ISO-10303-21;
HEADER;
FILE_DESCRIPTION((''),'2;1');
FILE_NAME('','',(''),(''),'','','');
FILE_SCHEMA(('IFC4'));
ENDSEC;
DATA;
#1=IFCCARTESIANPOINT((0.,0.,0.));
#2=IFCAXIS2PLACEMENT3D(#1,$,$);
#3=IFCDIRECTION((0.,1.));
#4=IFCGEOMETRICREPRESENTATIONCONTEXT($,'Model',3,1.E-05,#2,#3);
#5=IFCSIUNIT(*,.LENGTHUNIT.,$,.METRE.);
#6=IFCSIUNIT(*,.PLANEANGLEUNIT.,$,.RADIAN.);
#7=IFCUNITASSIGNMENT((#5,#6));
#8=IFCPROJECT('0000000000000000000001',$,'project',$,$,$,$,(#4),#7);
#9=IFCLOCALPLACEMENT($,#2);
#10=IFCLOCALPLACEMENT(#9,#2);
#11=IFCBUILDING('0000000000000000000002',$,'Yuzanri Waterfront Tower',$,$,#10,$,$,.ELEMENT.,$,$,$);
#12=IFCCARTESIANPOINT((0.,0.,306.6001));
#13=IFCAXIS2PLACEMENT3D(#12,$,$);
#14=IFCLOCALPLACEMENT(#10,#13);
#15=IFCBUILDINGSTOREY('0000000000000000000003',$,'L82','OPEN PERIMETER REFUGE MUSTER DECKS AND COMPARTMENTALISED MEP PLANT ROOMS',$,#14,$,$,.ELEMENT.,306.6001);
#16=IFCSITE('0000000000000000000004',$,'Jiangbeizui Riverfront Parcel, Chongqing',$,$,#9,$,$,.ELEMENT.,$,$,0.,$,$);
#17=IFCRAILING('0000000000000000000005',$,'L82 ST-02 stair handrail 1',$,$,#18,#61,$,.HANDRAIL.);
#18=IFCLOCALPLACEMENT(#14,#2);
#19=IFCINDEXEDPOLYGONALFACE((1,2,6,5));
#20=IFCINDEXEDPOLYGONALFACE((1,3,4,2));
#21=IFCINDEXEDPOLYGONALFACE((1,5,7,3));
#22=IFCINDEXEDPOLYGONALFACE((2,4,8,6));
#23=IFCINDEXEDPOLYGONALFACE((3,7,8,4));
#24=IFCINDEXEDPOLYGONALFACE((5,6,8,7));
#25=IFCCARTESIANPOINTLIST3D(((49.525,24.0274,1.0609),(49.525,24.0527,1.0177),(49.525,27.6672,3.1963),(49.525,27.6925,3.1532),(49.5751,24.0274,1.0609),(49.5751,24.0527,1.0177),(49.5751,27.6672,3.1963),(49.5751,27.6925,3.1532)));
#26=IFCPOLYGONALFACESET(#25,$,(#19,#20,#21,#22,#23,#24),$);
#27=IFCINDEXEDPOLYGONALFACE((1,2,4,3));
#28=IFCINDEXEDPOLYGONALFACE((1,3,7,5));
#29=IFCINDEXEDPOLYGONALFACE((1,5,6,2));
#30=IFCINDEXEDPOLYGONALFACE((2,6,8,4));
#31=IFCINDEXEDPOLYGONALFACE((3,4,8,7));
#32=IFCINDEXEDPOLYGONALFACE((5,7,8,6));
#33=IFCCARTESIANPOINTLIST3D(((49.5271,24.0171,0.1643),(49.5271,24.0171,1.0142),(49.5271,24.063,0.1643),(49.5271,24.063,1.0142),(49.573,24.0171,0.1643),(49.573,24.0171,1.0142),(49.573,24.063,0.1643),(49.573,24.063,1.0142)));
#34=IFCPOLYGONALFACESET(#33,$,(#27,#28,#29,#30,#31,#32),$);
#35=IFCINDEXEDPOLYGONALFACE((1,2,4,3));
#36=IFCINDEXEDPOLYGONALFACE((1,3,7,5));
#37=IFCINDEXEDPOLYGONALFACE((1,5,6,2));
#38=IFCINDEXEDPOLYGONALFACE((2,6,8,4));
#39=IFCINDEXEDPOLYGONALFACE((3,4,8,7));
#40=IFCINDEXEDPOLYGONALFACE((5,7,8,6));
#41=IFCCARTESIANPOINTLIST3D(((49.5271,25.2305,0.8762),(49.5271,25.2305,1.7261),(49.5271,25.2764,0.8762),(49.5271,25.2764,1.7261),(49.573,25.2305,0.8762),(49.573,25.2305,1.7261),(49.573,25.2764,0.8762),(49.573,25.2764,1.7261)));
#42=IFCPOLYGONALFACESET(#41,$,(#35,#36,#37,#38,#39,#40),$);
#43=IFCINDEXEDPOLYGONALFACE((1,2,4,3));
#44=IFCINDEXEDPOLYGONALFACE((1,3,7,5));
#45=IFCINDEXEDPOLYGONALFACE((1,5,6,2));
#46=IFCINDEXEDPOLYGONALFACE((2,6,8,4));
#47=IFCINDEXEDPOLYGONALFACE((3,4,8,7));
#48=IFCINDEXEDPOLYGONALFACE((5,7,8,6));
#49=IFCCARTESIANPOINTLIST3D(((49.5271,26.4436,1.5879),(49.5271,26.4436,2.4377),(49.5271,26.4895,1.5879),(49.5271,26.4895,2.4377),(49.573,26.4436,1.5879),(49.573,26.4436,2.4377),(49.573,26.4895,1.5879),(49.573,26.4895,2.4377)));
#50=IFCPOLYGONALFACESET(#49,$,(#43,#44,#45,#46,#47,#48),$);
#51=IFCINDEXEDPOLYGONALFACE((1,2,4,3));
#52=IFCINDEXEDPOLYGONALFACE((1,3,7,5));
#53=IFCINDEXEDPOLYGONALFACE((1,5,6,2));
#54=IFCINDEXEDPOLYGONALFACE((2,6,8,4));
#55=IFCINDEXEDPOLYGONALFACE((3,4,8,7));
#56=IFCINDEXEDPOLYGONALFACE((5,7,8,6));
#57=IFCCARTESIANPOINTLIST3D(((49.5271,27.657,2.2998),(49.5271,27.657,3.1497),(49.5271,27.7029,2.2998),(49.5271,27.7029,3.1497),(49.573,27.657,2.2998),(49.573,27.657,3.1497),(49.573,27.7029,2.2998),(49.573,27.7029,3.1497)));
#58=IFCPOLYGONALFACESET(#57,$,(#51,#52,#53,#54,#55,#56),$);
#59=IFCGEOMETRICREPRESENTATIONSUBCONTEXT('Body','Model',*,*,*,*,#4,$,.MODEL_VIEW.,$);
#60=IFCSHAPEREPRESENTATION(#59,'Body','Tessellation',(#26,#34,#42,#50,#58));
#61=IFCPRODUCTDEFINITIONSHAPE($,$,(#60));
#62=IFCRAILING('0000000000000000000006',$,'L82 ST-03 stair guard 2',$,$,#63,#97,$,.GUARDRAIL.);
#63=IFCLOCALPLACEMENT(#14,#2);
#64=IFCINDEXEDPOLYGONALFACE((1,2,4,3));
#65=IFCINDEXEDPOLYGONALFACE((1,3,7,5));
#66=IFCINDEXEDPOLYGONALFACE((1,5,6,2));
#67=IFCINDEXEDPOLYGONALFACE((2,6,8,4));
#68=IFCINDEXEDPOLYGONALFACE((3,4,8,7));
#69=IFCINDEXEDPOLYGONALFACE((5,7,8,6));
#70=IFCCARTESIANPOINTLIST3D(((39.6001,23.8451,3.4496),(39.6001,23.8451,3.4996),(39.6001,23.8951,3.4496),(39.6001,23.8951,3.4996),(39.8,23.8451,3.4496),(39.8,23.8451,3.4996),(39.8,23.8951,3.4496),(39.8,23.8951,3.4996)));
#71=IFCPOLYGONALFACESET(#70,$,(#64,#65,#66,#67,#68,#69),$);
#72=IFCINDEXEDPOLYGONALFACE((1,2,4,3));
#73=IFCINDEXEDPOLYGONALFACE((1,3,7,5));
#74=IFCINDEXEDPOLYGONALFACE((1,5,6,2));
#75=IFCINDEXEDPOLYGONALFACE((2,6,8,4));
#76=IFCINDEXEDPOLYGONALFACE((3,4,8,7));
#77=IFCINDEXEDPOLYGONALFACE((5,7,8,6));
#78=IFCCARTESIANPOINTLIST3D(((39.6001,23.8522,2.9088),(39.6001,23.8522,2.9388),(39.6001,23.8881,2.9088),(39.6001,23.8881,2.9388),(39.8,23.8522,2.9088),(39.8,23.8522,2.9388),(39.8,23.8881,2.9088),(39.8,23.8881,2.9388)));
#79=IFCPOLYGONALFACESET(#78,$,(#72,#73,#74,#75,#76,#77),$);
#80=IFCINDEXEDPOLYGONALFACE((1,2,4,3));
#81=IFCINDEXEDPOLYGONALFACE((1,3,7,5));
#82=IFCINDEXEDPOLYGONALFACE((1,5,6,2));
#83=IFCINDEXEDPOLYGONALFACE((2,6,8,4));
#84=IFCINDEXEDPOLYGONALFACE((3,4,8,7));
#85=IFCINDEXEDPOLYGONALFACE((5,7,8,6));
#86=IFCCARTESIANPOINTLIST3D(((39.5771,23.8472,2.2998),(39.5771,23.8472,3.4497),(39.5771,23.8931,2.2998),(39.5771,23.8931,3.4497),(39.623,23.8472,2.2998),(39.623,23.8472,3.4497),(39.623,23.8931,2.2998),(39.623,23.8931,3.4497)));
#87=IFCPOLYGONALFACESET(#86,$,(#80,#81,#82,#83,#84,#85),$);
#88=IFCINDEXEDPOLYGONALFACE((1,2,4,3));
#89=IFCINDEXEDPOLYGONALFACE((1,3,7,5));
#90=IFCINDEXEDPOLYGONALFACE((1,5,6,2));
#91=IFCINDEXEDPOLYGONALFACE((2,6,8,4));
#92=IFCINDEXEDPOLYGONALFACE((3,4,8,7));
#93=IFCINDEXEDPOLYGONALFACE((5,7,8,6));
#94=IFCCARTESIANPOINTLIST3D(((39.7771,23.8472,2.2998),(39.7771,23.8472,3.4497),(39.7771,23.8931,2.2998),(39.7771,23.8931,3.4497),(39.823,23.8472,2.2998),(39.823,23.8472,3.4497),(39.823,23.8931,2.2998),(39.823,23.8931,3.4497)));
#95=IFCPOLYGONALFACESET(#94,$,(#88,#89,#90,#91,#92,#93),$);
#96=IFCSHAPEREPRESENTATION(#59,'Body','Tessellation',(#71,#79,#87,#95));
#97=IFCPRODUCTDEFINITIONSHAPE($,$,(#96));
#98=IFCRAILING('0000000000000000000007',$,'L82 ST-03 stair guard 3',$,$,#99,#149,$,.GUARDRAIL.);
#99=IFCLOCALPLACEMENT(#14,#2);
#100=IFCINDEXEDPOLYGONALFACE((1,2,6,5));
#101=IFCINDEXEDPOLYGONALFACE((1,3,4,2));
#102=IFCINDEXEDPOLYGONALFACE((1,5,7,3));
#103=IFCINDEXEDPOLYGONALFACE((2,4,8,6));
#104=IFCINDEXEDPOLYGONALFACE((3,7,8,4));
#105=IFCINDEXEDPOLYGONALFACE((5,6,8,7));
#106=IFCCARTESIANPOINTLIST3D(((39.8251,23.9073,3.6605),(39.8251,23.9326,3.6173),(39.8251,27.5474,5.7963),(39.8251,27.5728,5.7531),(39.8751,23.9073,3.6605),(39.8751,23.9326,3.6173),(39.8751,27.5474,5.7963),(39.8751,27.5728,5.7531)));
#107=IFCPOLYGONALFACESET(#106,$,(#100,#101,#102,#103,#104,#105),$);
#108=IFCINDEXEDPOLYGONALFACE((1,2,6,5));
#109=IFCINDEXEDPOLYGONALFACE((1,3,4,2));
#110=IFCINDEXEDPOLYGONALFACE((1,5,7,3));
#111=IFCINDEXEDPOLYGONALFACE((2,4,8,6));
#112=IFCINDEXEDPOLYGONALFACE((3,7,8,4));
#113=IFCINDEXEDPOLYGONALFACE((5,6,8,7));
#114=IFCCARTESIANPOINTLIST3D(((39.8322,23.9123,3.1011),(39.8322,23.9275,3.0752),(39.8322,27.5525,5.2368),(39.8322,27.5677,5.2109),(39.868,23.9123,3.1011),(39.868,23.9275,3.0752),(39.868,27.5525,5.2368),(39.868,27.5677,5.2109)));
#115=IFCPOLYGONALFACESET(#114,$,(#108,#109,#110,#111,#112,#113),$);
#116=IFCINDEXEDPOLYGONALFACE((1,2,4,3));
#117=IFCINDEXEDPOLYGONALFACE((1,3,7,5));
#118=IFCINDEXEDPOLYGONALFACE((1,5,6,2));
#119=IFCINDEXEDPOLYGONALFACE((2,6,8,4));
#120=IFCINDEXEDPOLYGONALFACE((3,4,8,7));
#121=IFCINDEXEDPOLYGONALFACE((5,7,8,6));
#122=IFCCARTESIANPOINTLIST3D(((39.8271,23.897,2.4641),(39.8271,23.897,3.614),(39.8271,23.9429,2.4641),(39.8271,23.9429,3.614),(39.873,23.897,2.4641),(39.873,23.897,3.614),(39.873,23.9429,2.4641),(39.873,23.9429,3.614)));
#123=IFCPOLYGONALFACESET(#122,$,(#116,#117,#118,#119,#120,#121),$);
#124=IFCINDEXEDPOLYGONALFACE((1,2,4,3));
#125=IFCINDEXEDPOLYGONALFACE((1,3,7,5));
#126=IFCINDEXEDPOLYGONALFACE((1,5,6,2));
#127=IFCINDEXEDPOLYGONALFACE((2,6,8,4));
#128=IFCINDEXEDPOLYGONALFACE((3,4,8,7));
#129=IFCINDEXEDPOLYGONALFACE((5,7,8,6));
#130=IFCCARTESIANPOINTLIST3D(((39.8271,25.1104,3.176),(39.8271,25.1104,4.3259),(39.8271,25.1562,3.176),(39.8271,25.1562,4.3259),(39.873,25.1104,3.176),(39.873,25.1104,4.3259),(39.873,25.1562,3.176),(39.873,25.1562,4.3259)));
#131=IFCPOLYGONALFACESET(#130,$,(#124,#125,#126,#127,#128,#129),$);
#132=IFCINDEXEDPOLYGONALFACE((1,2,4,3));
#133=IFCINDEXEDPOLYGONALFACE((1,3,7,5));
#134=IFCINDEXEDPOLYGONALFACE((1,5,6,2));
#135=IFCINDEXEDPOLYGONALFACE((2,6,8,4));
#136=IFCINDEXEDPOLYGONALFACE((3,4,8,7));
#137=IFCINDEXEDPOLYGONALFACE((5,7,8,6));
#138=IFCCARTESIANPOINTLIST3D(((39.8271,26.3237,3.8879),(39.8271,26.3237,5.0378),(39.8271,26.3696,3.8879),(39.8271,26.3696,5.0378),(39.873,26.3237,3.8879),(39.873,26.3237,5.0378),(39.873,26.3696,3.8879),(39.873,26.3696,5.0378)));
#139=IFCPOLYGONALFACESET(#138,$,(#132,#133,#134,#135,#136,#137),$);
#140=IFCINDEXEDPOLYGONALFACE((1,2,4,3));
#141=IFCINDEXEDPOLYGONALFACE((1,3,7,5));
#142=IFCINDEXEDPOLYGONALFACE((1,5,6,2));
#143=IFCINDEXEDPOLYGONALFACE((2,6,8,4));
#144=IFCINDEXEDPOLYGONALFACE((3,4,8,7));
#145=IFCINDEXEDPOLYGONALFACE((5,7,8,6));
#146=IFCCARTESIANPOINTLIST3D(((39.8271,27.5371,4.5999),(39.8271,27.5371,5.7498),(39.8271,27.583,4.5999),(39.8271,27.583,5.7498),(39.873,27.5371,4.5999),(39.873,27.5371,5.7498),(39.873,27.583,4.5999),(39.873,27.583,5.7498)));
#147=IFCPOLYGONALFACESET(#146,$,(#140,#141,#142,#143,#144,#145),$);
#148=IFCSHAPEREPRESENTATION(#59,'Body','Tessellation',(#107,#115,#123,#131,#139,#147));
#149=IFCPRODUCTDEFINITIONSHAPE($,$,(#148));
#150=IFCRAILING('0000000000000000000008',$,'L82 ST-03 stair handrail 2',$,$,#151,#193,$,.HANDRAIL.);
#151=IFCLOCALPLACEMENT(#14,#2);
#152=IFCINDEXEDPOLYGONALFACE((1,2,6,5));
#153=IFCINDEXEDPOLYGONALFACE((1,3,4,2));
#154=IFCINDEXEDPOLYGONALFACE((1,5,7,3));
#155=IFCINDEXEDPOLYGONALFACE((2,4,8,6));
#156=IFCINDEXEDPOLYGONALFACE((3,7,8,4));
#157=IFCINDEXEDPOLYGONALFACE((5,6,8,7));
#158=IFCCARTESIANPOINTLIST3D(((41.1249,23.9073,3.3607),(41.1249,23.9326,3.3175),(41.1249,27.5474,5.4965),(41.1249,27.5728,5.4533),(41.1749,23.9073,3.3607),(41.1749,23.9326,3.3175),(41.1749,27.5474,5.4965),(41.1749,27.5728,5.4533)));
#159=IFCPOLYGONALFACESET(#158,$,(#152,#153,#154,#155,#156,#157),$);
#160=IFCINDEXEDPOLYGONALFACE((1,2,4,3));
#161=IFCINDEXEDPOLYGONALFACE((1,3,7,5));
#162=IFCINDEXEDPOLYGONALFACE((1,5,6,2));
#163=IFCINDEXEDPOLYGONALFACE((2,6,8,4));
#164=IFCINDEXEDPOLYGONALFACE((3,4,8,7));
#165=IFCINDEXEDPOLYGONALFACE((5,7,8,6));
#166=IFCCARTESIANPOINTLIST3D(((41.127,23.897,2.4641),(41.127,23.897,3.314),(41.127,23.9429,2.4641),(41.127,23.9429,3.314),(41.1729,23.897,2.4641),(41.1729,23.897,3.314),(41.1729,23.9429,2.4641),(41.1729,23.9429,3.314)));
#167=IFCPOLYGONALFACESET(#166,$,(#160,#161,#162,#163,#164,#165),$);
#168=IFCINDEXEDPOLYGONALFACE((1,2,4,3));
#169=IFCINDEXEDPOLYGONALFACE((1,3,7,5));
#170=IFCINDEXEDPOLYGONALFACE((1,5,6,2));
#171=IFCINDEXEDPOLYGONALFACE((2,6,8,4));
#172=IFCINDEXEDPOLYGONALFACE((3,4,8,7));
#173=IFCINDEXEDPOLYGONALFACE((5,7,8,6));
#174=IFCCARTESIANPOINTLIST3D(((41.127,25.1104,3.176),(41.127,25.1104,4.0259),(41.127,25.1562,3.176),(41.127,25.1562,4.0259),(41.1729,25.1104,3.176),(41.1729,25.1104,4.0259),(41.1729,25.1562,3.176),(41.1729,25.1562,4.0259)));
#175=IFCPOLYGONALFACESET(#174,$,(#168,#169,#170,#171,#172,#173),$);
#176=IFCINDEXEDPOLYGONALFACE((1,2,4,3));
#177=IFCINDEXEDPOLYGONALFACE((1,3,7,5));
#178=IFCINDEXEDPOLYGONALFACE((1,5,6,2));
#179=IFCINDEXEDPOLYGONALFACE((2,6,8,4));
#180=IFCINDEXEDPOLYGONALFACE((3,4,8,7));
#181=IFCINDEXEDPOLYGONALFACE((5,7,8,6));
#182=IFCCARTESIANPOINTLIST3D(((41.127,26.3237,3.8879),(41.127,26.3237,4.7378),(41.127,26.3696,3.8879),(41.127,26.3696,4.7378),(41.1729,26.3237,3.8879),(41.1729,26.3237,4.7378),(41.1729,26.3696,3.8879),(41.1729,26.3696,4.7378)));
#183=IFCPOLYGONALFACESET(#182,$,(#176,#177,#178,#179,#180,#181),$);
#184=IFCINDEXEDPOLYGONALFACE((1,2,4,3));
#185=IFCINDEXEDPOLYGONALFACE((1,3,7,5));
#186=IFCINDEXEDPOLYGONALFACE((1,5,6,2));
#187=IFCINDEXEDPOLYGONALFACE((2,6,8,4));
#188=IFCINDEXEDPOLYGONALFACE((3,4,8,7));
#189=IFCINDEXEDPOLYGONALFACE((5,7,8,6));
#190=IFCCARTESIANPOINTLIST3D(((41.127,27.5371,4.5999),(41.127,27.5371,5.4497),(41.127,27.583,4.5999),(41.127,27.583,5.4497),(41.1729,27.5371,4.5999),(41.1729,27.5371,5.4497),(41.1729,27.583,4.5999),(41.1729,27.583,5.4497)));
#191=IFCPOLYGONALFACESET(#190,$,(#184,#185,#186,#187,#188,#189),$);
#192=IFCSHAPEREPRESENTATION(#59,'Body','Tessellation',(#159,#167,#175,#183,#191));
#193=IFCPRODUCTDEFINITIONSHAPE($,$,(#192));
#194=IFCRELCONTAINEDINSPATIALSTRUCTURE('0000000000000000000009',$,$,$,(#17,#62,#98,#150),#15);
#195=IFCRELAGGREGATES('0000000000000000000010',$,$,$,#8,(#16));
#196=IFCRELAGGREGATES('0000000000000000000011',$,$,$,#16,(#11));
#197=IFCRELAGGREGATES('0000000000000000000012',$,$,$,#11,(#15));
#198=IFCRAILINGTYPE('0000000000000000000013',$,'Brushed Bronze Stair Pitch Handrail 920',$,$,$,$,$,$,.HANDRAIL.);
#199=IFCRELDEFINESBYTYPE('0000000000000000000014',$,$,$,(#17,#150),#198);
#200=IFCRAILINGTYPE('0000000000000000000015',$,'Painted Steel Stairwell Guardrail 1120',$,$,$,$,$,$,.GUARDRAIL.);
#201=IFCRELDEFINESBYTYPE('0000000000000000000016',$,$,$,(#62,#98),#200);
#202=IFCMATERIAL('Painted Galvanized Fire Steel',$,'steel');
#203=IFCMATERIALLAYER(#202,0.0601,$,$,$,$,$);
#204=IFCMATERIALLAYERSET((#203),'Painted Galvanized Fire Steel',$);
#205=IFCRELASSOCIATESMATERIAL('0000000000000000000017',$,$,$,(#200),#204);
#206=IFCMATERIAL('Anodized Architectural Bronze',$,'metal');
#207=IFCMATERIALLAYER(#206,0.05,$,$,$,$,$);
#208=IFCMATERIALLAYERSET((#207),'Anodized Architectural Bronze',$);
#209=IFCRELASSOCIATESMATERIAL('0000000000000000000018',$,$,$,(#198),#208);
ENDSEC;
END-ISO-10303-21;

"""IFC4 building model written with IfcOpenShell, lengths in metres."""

from ifc_helpers import new_model, si_unit, direction, frame, origin, origin_2d, place, context, subcontext, project, spatial, rectangle, extrude, source, transform, mapped, material, layer, layer_set, type_object, element, save


model = new_model("IFC4")

# Units and contexts
model_context = context("Model", 3, precision=1e-05, world=origin(), true_north=direction((0.0, 1.0)))
body_context = subcontext(model_context, "Body", "Model", "MODEL_VIEW")
ifc_project = project(units=[si_unit("LENGTHUNIT", "METRE"), si_unit("PLANEANGLEUNIT", "RADIAN")], contexts=[model_context])

# Site, building, storey
site_placement = place(None, origin())
site = spatial("IfcSite", under=ifc_project, at=site_placement, Name="Jiangbeizui Riverfront Parcel, Chongqing", CompositionType="ELEMENT", RefElevation=0.0)
building_placement = place(site_placement, origin())
building = spatial("IfcBuilding", under=site, at=building_placement, Name="Yuzanri Waterfront Tower", CompositionType="ELEMENT")
storey_placement = place(building_placement, frame((0.0, 0.0, 306.6001)))
storey = spatial("IfcBuildingStorey", under=building, at=storey_placement, Name="L82", Description="OPEN PERIMETER REFUGE MUSTER DECKS AND COMPARTMENTALISED MEP PLANT ROOMS", CompositionType="ELEMENT", Elevation=306.6001)

# Railings
ifc_material_1 = material(Name="Painted Galvanized Fire Steel", Category="steel")
ifc_layer_1 = layer(ifc_material_1, 0.0601)
ifc_layer_set_1 = layer_set([ifc_layer_1], Name="Painted Galvanized Fire Steel")
railing_type_1 = type_object("IfcRailingType", Name="Painted Steel Stairwell Guardrail 1120", PredefinedType="GUARDRAIL", material=ifc_layer_set_1)
ifc_material_2 = material(Name="Anodized Architectural Bronze", Category="metal")
ifc_layer_2 = layer(ifc_material_2, 0.05)
ifc_layer_set_2 = layer_set([ifc_layer_2], Name="Anodized Architectural Bronze")
railing_type_2 = type_object("IfcRailingType", Name="Brushed Bronze Stair Pitch Handrail 920", PredefinedType="HANDRAIL", material=ifc_layer_set_2)
shared_shape_1 = source(origin(), body_context, "Body", "SweptSolid", [
    extrude(rectangle(XDim=0.05, YDim=0.05, at=origin_2d()), frame((0.0, 0.0, 0.875), z_axis=(0.0, 0.862515, 0.506031), x_axis=(-1.0, 0.0, 0.0)), (0.0, 0.0, 1.0), 4.22),
    extrude(rectangle(XDim=0.0459, YDim=0.0459, at=origin_2d()), origin(), (0.0, 0.0, 1.0), 0.8499),
    extrude(rectangle(XDim=0.0459, YDim=0.0459, at=origin_2d()), frame((0.0, 1.2134, 0.7119)), (0.0, 0.0, 1.0), 0.8499),
    extrude(rectangle(XDim=0.0459, YDim=0.0459, at=origin_2d()), frame((0.0, 2.4265, 1.4236)), (0.0, 0.0, 1.0), 0.8499),
    extrude(rectangle(XDim=0.0459, YDim=0.0459, at=origin_2d()), frame((0.0, 3.6399, 2.1355)), (0.0, 0.0, 1.0), 0.8499),
])
railing_1_placement = place(storey_placement, frame((49.55, 24.04, 0.1643)))
element("IfcRailing", 1, at=railing_1_placement, inside=storey, type_object=railing_type_2, Name="L82 ST-02 stair handrail 1", PredefinedType="HANDRAIL", context=body_context, shape_type="MappedRepresentation", body=[
    mapped(shared_shape_1, transform((0.0, 0.0, 0.0), scale=1.0)),
])
shared_shape_2 = source(origin(), body_context, "Body", "SweptSolid", [
    extrude(rectangle(XDim=0.05, YDim=0.05, at=origin_2d()), frame((0.0, 0.0, 1.1748), z_axis=(1.0, 0.0, 0.0), x_axis=(0.0, 1.0, 0.0)), (0.0, 0.0, 1.0), 0.2),
    extrude(rectangle(XDim=0.0359, YDim=0.03, at=origin_2d()), frame((0.0, 0.0, 0.624), z_axis=(1.0, 0.0, 0.0), x_axis=(0.0, 1.0, 0.0)), (0.0, 0.0, 1.0), 0.2),
    extrude(rectangle(XDim=0.0459, YDim=0.0459, at=origin_2d()), origin(), (0.0, 0.0, 1.0), 1.1499),
    extrude(rectangle(XDim=0.0459, YDim=0.0459, at=origin_2d()), frame((0.2, 0.0, 0.0)), (0.0, 0.0, 1.0), 1.1499),
])
railing_2_placement = place(storey_placement, frame((39.6001, 23.8701, 2.2998)))
element("IfcRailing", 2, at=railing_2_placement, inside=storey, type_object=railing_type_1, Name="L82 ST-03 stair guard 2", PredefinedType="GUARDRAIL", context=body_context, shape_type="MappedRepresentation", body=[
    mapped(shared_shape_2, transform((0.0, 0.0, 0.0), scale=1.0)),
])
shared_shape_3 = source(origin(), body_context, "Body", "SweptSolid", [
    extrude(rectangle(XDim=0.05, YDim=0.05, at=origin_2d()), frame((0.0, 0.0, 1.1748), z_axis=(0.0, 0.862505, 0.506049), x_axis=(-1.0, 0.0, 0.0)), (0.0, 0.0, 1.0), 4.2205),
    extrude(rectangle(XDim=0.0359, YDim=0.03, at=origin_2d()), frame((0.0, 0.0, 0.624), z_axis=(0.0, 0.862505, 0.506049), x_axis=(-1.0, 0.0, 0.0)), (0.0, 0.0, 1.0), 4.2205),
    extrude(rectangle(XDim=0.0459, YDim=0.0459, at=origin_2d()), origin(), (0.0, 0.0, 1.0), 1.1499),
    extrude(rectangle(XDim=0.0459, YDim=0.0459, at=origin_2d()), frame((0.0, 1.2134, 0.7119)), (0.0, 0.0, 1.0), 1.1499),
    extrude(rectangle(XDim=0.0459, YDim=0.0459, at=origin_2d()), frame((0.0, 2.4268, 1.4238)), (0.0, 0.0, 1.0), 1.1499),
    extrude(rectangle(XDim=0.0459, YDim=0.0459, at=origin_2d()), frame((0.0, 3.6401, 2.1357)), (0.0, 0.0, 1.0), 1.1499),
])
railing_3_placement = place(storey_placement, frame((39.8501, 23.9199, 2.4641)))
element("IfcRailing", 3, at=railing_3_placement, inside=storey, type_object=railing_type_1, Name="L82 ST-03 stair guard 3", PredefinedType="GUARDRAIL", context=body_context, shape_type="MappedRepresentation", body=[
    mapped(shared_shape_3, transform((0.0, 0.0, 0.0), scale=1.0)),
])
shared_shape_4 = source(origin(), body_context, "Body", "SweptSolid", [
    extrude(rectangle(XDim=0.05, YDim=0.05, at=origin_2d()), frame((0.0, 0.0, 0.875), z_axis=(0.0, 0.862505, 0.506049), x_axis=(-1.0, 0.0, 0.0)), (0.0, 0.0, 1.0), 4.2205),
    extrude(rectangle(XDim=0.0459, YDim=0.0459, at=origin_2d()), origin(), (0.0, 0.0, 1.0), 0.8499),
    extrude(rectangle(XDim=0.0459, YDim=0.0459, at=origin_2d()), frame((0.0, 1.2134, 0.7119)), (0.0, 0.0, 1.0), 0.8499),
    extrude(rectangle(XDim=0.0459, YDim=0.0459, at=origin_2d()), frame((0.0, 2.4268, 1.4238)), (0.0, 0.0, 1.0), 0.8499),
    extrude(rectangle(XDim=0.0459, YDim=0.0459, at=origin_2d()), frame((0.0, 3.6401, 2.1357)), (0.0, 0.0, 1.0), 0.8499),
])
railing_4_placement = place(storey_placement, frame((41.1499, 23.9199, 2.4641)))
element("IfcRailing", 4, at=railing_4_placement, inside=storey, type_object=railing_type_2, Name="L82 ST-03 stair handrail 2", PredefinedType="HANDRAIL", context=body_context, shape_type="MappedRepresentation", body=[
    mapped(shared_shape_4, transform((0.0, 0.0, 0.0), scale=1.0)),
])

save(model, "model.ifc")
